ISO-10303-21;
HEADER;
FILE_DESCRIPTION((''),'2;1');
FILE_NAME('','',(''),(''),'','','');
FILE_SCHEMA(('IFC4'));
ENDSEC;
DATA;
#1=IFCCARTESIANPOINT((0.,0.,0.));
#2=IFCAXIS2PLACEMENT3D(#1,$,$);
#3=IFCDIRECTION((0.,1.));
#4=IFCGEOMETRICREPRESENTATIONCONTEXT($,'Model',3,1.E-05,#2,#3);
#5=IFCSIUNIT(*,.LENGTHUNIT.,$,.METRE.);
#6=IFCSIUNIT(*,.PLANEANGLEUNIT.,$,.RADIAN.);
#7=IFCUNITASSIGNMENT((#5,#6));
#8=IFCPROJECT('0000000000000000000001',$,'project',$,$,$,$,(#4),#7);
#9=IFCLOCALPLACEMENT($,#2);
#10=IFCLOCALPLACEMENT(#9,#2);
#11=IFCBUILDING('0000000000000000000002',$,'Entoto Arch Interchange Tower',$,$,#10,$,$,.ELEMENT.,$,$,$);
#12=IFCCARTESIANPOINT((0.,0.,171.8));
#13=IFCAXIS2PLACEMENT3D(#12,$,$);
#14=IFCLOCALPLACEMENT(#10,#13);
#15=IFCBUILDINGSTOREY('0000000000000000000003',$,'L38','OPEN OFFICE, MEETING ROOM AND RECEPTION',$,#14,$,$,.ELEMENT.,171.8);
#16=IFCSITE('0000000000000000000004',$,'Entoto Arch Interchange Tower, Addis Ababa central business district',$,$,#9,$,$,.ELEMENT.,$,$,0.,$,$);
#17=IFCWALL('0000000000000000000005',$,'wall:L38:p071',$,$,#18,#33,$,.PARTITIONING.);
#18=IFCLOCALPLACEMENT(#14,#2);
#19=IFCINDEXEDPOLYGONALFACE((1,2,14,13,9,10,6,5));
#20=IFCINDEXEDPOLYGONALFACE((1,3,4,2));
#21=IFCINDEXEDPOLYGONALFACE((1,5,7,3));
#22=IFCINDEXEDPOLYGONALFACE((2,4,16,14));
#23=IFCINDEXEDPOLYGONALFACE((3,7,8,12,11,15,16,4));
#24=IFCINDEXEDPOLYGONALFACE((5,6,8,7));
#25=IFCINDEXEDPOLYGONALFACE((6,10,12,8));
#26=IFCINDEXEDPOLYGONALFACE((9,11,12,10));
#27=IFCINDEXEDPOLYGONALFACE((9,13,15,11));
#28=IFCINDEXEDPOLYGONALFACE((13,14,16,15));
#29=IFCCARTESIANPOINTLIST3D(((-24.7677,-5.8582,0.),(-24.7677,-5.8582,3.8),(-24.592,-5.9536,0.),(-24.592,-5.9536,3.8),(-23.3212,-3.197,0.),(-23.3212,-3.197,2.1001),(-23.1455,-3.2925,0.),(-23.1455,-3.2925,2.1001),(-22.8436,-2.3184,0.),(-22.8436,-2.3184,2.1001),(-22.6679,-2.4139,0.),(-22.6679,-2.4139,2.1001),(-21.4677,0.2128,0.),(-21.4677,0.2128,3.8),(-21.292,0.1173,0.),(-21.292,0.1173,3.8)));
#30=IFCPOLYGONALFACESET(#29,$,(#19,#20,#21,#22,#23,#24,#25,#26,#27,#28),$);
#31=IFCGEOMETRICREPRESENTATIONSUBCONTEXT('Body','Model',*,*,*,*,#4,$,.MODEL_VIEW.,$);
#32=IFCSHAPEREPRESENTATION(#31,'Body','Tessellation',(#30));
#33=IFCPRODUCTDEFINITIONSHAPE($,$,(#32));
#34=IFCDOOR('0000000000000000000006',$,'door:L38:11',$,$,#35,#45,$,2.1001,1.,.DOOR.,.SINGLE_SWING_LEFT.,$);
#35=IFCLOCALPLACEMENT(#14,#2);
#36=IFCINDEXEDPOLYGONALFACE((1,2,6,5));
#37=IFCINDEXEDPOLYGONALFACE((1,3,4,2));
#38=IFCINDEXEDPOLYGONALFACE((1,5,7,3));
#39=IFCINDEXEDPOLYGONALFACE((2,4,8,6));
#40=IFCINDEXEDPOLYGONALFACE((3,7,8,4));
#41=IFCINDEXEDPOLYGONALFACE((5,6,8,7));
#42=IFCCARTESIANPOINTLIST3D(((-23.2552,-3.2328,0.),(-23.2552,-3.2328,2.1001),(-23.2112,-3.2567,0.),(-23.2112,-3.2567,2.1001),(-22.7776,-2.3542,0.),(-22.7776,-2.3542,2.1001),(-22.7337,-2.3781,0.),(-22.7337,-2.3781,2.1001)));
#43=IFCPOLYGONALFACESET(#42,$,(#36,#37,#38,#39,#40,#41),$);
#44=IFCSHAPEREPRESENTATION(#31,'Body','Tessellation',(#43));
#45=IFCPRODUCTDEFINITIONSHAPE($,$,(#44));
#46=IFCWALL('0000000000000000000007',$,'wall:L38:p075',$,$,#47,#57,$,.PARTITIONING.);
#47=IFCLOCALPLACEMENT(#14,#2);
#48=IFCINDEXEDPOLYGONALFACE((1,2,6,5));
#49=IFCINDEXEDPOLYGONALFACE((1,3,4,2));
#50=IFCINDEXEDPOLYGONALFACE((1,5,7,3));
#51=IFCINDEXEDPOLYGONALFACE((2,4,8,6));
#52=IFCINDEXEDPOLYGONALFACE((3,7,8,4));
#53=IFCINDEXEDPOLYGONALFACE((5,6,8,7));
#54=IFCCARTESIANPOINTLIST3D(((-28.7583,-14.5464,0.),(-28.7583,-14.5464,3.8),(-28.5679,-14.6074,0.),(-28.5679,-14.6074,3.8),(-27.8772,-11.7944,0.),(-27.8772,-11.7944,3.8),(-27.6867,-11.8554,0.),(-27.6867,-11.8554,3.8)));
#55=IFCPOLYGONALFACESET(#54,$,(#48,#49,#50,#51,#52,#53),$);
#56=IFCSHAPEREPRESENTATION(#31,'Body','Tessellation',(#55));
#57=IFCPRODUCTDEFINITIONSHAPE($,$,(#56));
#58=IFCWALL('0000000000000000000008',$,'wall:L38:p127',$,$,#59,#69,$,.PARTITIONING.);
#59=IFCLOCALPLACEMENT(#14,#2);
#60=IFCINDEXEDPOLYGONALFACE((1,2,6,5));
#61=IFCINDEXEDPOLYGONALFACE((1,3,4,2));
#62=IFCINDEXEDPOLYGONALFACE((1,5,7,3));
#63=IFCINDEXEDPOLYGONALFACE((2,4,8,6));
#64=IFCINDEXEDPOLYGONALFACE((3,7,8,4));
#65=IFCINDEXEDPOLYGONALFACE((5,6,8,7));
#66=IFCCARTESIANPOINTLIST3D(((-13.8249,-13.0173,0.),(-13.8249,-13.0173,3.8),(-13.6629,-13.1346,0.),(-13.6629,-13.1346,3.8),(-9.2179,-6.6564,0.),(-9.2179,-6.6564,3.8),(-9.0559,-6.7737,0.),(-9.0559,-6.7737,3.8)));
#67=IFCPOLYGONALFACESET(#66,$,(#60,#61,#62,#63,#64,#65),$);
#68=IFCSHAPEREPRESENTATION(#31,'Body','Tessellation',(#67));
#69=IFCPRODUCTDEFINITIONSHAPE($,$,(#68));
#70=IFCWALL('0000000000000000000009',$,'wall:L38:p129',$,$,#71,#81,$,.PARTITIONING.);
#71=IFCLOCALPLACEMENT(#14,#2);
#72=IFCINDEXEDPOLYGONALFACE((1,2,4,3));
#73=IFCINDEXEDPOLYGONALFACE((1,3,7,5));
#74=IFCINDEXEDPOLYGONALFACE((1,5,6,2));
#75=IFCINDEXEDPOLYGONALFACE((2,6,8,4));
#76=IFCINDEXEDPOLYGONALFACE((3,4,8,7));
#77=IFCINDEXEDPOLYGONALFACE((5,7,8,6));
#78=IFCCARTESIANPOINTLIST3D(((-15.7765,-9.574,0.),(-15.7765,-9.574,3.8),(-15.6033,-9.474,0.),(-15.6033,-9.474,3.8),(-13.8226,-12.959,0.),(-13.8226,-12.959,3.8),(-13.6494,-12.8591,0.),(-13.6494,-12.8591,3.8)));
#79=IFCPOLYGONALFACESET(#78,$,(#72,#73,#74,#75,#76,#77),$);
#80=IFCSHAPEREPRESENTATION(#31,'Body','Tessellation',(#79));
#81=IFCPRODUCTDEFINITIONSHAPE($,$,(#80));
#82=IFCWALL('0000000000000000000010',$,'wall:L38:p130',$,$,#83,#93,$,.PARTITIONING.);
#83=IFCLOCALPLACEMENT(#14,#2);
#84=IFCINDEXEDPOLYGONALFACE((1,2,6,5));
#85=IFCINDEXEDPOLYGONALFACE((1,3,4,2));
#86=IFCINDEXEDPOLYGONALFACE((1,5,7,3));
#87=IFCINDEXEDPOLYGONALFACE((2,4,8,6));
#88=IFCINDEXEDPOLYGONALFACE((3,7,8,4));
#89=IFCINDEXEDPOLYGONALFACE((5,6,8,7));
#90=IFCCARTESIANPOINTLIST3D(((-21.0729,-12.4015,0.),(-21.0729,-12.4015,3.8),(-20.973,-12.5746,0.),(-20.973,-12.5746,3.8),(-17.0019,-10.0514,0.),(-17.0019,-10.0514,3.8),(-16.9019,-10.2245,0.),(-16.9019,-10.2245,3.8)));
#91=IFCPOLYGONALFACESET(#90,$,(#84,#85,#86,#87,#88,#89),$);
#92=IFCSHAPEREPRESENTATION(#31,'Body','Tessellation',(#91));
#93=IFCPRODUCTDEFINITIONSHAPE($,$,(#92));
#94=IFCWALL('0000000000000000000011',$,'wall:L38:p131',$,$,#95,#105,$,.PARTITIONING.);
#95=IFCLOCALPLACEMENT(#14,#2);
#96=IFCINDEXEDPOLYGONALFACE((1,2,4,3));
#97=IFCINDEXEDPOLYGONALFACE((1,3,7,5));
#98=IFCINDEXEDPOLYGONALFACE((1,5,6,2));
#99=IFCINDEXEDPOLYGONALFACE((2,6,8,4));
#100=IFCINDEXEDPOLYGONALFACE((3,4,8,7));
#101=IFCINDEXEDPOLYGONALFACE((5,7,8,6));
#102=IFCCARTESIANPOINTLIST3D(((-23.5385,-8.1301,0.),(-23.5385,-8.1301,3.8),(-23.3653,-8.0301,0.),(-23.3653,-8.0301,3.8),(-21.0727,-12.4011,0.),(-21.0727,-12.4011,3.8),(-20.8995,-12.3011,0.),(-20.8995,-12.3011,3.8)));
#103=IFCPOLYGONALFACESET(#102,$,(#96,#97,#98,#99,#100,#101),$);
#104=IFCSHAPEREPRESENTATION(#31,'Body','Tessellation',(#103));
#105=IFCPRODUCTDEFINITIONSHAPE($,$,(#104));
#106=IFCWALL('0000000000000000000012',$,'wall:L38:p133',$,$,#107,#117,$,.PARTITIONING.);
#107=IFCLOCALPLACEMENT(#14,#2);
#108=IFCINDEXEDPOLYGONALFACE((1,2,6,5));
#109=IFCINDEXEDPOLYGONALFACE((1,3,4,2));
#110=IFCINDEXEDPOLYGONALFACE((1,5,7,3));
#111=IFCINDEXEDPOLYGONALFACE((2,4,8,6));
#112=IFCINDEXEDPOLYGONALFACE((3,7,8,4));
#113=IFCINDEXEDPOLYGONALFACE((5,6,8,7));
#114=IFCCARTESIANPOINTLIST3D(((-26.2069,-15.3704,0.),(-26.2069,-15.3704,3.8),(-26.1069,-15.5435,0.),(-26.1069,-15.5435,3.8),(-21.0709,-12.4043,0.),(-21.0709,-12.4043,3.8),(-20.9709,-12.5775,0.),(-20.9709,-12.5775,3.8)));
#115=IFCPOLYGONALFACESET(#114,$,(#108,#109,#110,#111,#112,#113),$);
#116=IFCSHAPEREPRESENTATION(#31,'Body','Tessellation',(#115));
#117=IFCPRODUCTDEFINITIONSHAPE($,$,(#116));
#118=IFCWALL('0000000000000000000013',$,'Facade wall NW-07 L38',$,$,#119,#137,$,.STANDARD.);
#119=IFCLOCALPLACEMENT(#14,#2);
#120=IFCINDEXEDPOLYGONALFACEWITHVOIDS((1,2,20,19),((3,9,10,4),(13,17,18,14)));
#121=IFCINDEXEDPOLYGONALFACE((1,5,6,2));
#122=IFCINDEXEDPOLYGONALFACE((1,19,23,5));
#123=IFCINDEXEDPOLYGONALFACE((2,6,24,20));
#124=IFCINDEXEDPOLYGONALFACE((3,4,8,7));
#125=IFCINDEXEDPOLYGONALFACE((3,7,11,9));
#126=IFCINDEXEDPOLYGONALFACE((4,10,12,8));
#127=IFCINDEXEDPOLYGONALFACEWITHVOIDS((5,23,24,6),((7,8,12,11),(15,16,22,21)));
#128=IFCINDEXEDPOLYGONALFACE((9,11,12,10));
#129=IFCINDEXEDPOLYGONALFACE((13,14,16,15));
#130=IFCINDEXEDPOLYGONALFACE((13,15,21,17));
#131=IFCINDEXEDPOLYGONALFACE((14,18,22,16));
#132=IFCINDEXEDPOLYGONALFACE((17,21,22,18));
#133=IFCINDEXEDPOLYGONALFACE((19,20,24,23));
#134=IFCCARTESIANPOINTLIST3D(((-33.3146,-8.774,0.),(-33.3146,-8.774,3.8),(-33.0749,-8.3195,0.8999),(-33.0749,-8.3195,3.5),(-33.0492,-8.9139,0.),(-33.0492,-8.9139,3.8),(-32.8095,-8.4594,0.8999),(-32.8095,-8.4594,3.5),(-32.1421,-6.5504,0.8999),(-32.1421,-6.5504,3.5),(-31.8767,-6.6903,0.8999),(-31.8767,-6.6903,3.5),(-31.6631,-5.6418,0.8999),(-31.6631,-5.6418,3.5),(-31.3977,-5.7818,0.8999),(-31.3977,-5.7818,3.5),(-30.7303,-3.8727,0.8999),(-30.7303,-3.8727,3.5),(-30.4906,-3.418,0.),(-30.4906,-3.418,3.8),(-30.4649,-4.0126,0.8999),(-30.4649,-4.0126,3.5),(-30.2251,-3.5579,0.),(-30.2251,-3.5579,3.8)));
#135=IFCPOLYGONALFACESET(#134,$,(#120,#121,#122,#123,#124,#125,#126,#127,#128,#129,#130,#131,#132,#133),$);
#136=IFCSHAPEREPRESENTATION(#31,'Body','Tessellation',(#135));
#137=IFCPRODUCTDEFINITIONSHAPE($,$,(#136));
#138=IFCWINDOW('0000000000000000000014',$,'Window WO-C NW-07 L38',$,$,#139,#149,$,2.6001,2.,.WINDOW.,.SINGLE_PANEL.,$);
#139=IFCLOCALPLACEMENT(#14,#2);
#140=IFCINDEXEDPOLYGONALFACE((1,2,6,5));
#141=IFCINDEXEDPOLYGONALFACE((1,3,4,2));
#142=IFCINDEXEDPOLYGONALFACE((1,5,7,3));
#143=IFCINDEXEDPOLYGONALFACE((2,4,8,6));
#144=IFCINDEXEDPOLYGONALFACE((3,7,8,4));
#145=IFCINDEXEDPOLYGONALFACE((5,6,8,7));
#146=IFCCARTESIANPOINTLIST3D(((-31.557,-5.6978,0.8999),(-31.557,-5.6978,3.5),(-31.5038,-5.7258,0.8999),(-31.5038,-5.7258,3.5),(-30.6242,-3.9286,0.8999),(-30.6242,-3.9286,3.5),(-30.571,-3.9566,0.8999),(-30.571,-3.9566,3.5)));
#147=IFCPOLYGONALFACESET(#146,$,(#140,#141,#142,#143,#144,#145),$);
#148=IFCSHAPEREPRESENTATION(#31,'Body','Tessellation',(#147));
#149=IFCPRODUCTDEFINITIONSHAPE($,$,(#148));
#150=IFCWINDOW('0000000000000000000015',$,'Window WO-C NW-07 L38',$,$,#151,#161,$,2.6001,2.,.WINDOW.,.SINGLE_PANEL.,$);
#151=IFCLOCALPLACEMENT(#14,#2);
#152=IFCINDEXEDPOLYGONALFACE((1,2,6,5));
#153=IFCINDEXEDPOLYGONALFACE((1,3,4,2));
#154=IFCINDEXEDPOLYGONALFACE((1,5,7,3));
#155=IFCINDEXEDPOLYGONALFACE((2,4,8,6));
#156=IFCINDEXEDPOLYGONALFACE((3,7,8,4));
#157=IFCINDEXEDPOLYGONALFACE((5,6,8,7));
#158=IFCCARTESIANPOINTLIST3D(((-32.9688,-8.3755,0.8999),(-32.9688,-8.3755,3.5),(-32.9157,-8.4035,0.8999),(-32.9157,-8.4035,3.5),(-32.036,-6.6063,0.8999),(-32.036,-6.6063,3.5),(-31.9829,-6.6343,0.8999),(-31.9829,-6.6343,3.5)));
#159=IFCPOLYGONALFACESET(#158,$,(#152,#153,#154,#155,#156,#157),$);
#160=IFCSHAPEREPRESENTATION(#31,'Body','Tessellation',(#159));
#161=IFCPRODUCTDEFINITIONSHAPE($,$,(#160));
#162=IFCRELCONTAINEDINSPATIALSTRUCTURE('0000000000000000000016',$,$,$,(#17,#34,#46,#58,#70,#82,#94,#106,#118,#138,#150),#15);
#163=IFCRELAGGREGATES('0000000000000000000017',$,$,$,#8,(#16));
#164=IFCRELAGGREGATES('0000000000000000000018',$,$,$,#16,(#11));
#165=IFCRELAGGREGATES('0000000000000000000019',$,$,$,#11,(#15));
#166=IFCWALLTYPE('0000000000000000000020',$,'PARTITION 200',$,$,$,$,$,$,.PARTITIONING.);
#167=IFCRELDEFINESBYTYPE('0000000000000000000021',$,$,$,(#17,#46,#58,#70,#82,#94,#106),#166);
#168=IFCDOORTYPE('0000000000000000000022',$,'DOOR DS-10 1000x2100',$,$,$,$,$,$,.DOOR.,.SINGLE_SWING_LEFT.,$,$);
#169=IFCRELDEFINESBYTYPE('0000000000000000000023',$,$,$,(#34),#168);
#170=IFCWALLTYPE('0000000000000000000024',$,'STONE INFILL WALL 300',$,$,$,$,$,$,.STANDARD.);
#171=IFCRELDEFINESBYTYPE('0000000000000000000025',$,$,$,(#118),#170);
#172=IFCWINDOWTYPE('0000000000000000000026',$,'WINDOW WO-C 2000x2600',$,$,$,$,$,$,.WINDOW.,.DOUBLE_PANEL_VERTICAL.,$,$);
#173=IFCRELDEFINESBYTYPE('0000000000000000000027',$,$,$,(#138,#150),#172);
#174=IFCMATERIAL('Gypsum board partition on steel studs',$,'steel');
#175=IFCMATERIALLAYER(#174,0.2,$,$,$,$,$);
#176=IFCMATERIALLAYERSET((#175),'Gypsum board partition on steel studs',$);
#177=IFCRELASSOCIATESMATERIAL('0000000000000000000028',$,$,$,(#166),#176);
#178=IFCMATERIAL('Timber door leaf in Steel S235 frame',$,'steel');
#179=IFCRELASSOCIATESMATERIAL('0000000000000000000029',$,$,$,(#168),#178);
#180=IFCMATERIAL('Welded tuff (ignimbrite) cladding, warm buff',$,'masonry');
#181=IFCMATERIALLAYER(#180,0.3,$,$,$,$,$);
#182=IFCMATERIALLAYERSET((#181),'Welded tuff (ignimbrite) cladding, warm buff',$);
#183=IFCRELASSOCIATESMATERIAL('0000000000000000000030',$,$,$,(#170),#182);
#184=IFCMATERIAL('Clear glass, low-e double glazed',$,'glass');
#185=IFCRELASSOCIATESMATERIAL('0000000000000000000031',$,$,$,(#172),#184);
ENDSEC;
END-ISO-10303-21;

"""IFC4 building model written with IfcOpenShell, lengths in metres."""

from ifc_helpers import new_model, si_unit, direction, frame, frame_2d, origin, place, context, subcontext, project, spatial, rectangle, extrude, material, layer, layer_set, type_object, element, fill, save


model = new_model("IFC4")

# Units and contexts
model_context = context("Model", 3, precision=1e-05, world=origin(), true_north=direction((0.0, 1.0)))
body_context = subcontext(model_context, "Body", "Model", "MODEL_VIEW")
ifc_project = project(units=[si_unit("LENGTHUNIT", "METRE"), si_unit("PLANEANGLEUNIT", "RADIAN")], contexts=[model_context])

# Site, building, storey
site_placement = place(None, origin())
site = spatial("IfcSite", under=ifc_project, at=site_placement, Name="Entoto Arch Interchange Tower, Addis Ababa central business district", CompositionType="ELEMENT", RefElevation=0.0)
building_placement = place(site_placement, origin())
building = spatial("IfcBuilding", under=site, at=building_placement, Name="Entoto Arch Interchange Tower", CompositionType="ELEMENT")
storey_placement = place(building_placement, frame((0.0, 0.0, 171.8)))
storey = spatial("IfcBuildingStorey", under=building, at=storey_placement, Name="L38", Description="OPEN OFFICE, MEETING ROOM AND RECEPTION", CompositionType="ELEMENT", Elevation=171.8)

# Shared definitions
ifc_material_1 = material(Name="Gypsum board partition on steel studs", Category="steel")

# Shared definitions
ifc_layer_1 = layer(ifc_material_1, 0.2)
ifc_layer_set_1 = layer_set([ifc_layer_1], Name="Gypsum board partition on steel studs")
wall_type_1 = type_object("IfcWallType", Name="PARTITION 200", PredefinedType="PARTITIONING", material=ifc_layer_set_1)
ifc_material_2 = material(Name="Timber door leaf in Steel S235 frame", Category="steel")
door_type = type_object("IfcDoorType", Name="DOOR DS-10 1000x2100", OperationType="SINGLE_SWING_LEFT", PredefinedType="DOOR", material=ifc_material_2)

# Wall, opening, door
wall_1_placement = place(storey_placement, frame((-24.6799, -5.906, 0.0), z_axis=(0.0, 0.0, 1.0), x_axis=(0.477577, 0.87859, 0.0)))
wall_1 = element("IfcWall", 1, at=wall_1_placement, inside=storey, type_object=wall_type_1, Name="wall:L38:p071", PredefinedType="PARTITIONING", context=body_context, shape_type="SweptSolid", body=[
    extrude(rectangle(XDim=6.9099, YDim=0.2, at=frame_2d((3.4551, 0.0))), origin(), (0.0, 0.0, 1.0), 3.8),
])
opening_1_placement = place(wall_1_placement, frame((3.0291, 0.0, 0.0)))
opening_1 = element("IfcOpeningElement", 2, at=opening_1_placement, cuts=wall_1, PredefinedType="OPENING", context=body_context, shape_type="SweptSolid", body=[
    extrude(rectangle(XDim=1.0, YDim=2.1001, at=frame_2d((0.5, 1.05))), frame((0.0, 0.1099, 0.0), z_axis=(0.0, -1.0, 0.0), x_axis=(1.0, 0.0, 0.0)), (0.0, 0.0, 1.0), 0.22),
])
door_1_placement = place(opening_1_placement, origin())
door_1 = element("IfcDoor", 3, at=door_1_placement, inside=storey, type_object=door_type, Name="door:L38:11", OperationType="SINGLE_SWING_LEFT", OverallHeight=2.1001, OverallWidth=1.0, PredefinedType="DOOR", context=body_context, shape_type="SweptSolid", body=[
    extrude(rectangle(XDim=1.0, YDim=2.1001, at=frame_2d((0.5, 1.05))), frame((0.0, 0.0249, 0.0), z_axis=(0.0, -1.0, 0.0), x_axis=(1.0, 0.0, 0.0)), (0.0, 0.0, 1.0), 0.05),
])
fill(opening_1, door_1)

# Walls
wall_2_placement = place(storey_placement, frame((-28.6631, -14.5769, 0.0), z_axis=(0.0, 0.0, 1.0), x_axis=(0.304926, 0.952376, 0.0)))
element("IfcWall", 4, at=wall_2_placement, inside=storey, type_object=wall_type_1, Name="wall:L38:p075", PredefinedType="PARTITIONING", context=body_context, shape_type="SweptSolid", body=[
    extrude(rectangle(XDim=2.8896, YDim=0.2, at=frame_2d((1.4448, 0.0))), origin(), (0.0, 0.0, 1.0), 3.8),
])
wall_3_placement = place(storey_placement, frame((-13.7439, -13.0759, 0.0), z_axis=(0.0, 0.0, 1.0), x_axis=(0.586577, 0.809893, 0.0)))
element("IfcWall", 5, at=wall_3_placement, inside=storey, type_object=wall_type_1, Name="wall:L38:p127", PredefinedType="PARTITIONING", context=body_context, shape_type="SweptSolid", body=[
    extrude(rectangle(XDim=7.854, YDim=0.2, at=frame_2d((3.927, 0.0))), origin(), (0.0, 0.0, 1.0), 3.8),
])
wall_4_placement = place(storey_placement, frame((-13.7361, -12.9089, 0.0), z_axis=(0.0, 0.0, 1.0), x_axis=(-0.499908, 0.866078, 0.0)))
element("IfcWall", 6, at=wall_4_placement, inside=storey, type_object=wall_type_1, Name="wall:L38:p129", PredefinedType="PARTITIONING", context=body_context, shape_type="SweptSolid", body=[
    extrude(rectangle(XDim=3.9084, YDim=0.2, at=frame_2d((1.9541, 0.0))), origin(), (0.0, 0.0, 1.0), 3.8),
])
wall_5_placement = place(storey_placement, frame((-16.9519, -10.1379, 0.0), z_axis=(0.0, 0.0, 1.0), x_axis=(-0.866055, -0.499949, 0.0)))
element("IfcWall", 7, at=wall_5_placement, inside=storey, type_object=wall_type_1, Name="wall:L38:p130", PredefinedType="PARTITIONING", context=body_context, shape_type="SweptSolid", body=[
    extrude(rectangle(XDim=4.7007, YDim=0.2, at=frame_2d((2.3503, 0.0))), origin(), (0.0, 0.0, 1.0), 3.8),
])
wall_6_placement = place(storey_placement, frame((-20.9861, -12.3511, 0.0), z_axis=(0.0, 0.0, 1.0), x_axis=(-0.499994, 0.866029, 0.0)))
element("IfcWall", 8, at=wall_6_placement, inside=storey, type_object=wall_type_1, Name="wall:L38:p131", PredefinedType="PARTITIONING", context=body_context, shape_type="SweptSolid", body=[
    extrude(rectangle(XDim=4.9316, YDim=0.2, at=frame_2d((2.4658, 0.0))), origin(), (0.0, 0.0, 1.0), 3.8),
])
wall_7_placement = place(storey_placement, frame((-21.021, -12.491, 0.0), z_axis=(0.0, 0.0, 1.0), x_axis=(-0.865967, -0.500101, 0.0)))
element("IfcWall", 9, at=wall_7_placement, inside=storey, type_object=wall_type_1, Name="wall:L38:p133", PredefinedType="PARTITIONING", context=body_context, shape_type="SweptSolid", body=[
    extrude(rectangle(XDim=5.9309, YDim=0.2, at=frame_2d((2.9653, 0.0))), origin(), (0.0, 0.0, 1.0), 3.8),
])

# Wall, openings, windows
ifc_material_3 = material(Name="Welded tuff (ignimbrite) cladding, warm buff", Category="masonry")
ifc_layer_2 = layer(ifc_material_3, 0.3)
ifc_layer_set_2 = layer_set([ifc_layer_2], Name="Welded tuff (ignimbrite) cladding, warm buff")
wall_type_2 = type_object("IfcWallType", Name="STONE INFILL WALL 300", PredefinedType="STANDARD", material=ifc_layer_set_2)
wall_8_placement = place(storey_placement, frame((-30.3579, -3.488, 0.0), z_axis=(0.0, 0.0, 1.0), x_axis=(-0.466399, -0.884574, 0.0)))
wall_8 = element("IfcWall", 10, at=wall_8_placement, inside=storey, type_object=wall_type_2, Name="Facade wall NW-07 L38", PredefinedType="STANDARD", context=body_context, shape_type="SweptSolid", body=[
    extrude(rectangle(XDim=6.0549, YDim=0.3, at=frame_2d((3.0273, 0.0))), origin(), (0.0, 0.0, 1.0), 3.8),
])
opening_2_placement = place(wall_8_placement, frame((0.5139, 0.0, 0.8999)))
opening_2 = element("IfcOpeningElement", 11, at=opening_2_placement, cuts=wall_8, PredefinedType="OPENING", context=body_context, shape_type="SweptSolid", body=[
    extrude(rectangle(XDim=2.0, YDim=2.6001, at=frame_2d((1.0, 1.3))), frame((0.0, 0.1602, 0.0), z_axis=(0.0, -1.0, 0.0), x_axis=(1.0, 0.0, 0.0)), (0.0, 0.0, 1.0), 0.3201),
])
opening_3_placement = place(wall_8_placement, frame((3.541, 0.0, 0.8999)))
opening_3 = element("IfcOpeningElement", 12, at=opening_3_placement, cuts=wall_8, PredefinedType="OPENING", context=body_context, shape_type="SweptSolid", body=[
    extrude(rectangle(XDim=2.0, YDim=2.6001, at=frame_2d((1.0, 1.3))), frame((0.0, 0.1602, 0.0), z_axis=(0.0, -1.0, 0.0), x_axis=(1.0, 0.0, 0.0)), (0.0, 0.0, 1.0), 0.3201),
])
ifc_material_4 = material(Name="Clear glass, low-e double glazed", Category="glass")
window_type_1 = type_object("IfcWindowType", Name="WINDOW WO-C 2000x2600", PartitioningType="DOUBLE_PANEL_VERTICAL", PredefinedType="WINDOW", material=ifc_material_4)
window_1_placement = place(opening_2_placement, origin())
window_1 = element("IfcWindow", 13, at=window_1_placement, inside=storey, type_object=window_type_1, Name="Window WO-C NW-07 L38", OverallHeight=2.6001, OverallWidth=2.0, PartitioningType="SINGLE_PANEL", PredefinedType="WINDOW", context=body_context, shape_type="SweptSolid", body=[
    extrude(rectangle(XDim=2.0, YDim=2.6001, at=frame_2d((1.0, 1.3))), frame((0.0, 0.03, 0.0), z_axis=(0.0, -1.0, 0.0), x_axis=(1.0, 0.0, 0.0)), (0.0, 0.0, 1.0), 0.0601),
])
fill(opening_2, window_1)
window_2_placement = place(opening_3_placement, origin())
window_2 = element("IfcWindow", 14, at=window_2_placement, inside=storey, type_object=window_type_1, Name="Window WO-C NW-07 L38", OverallHeight=2.6001, OverallWidth=2.0, PartitioningType="SINGLE_PANEL", PredefinedType="WINDOW", context=body_context, shape_type="SweptSolid", body=[
    extrude(rectangle(XDim=2.0, YDim=2.6001, at=frame_2d((1.0, 1.3))), frame((0.0, 0.03, 0.0), z_axis=(0.0, -1.0, 0.0), x_axis=(1.0, 0.0, 0.0)), (0.0, 0.0, 1.0), 0.0601),
])
fill(opening_3, window_2)

save(model, "model.ifc")
